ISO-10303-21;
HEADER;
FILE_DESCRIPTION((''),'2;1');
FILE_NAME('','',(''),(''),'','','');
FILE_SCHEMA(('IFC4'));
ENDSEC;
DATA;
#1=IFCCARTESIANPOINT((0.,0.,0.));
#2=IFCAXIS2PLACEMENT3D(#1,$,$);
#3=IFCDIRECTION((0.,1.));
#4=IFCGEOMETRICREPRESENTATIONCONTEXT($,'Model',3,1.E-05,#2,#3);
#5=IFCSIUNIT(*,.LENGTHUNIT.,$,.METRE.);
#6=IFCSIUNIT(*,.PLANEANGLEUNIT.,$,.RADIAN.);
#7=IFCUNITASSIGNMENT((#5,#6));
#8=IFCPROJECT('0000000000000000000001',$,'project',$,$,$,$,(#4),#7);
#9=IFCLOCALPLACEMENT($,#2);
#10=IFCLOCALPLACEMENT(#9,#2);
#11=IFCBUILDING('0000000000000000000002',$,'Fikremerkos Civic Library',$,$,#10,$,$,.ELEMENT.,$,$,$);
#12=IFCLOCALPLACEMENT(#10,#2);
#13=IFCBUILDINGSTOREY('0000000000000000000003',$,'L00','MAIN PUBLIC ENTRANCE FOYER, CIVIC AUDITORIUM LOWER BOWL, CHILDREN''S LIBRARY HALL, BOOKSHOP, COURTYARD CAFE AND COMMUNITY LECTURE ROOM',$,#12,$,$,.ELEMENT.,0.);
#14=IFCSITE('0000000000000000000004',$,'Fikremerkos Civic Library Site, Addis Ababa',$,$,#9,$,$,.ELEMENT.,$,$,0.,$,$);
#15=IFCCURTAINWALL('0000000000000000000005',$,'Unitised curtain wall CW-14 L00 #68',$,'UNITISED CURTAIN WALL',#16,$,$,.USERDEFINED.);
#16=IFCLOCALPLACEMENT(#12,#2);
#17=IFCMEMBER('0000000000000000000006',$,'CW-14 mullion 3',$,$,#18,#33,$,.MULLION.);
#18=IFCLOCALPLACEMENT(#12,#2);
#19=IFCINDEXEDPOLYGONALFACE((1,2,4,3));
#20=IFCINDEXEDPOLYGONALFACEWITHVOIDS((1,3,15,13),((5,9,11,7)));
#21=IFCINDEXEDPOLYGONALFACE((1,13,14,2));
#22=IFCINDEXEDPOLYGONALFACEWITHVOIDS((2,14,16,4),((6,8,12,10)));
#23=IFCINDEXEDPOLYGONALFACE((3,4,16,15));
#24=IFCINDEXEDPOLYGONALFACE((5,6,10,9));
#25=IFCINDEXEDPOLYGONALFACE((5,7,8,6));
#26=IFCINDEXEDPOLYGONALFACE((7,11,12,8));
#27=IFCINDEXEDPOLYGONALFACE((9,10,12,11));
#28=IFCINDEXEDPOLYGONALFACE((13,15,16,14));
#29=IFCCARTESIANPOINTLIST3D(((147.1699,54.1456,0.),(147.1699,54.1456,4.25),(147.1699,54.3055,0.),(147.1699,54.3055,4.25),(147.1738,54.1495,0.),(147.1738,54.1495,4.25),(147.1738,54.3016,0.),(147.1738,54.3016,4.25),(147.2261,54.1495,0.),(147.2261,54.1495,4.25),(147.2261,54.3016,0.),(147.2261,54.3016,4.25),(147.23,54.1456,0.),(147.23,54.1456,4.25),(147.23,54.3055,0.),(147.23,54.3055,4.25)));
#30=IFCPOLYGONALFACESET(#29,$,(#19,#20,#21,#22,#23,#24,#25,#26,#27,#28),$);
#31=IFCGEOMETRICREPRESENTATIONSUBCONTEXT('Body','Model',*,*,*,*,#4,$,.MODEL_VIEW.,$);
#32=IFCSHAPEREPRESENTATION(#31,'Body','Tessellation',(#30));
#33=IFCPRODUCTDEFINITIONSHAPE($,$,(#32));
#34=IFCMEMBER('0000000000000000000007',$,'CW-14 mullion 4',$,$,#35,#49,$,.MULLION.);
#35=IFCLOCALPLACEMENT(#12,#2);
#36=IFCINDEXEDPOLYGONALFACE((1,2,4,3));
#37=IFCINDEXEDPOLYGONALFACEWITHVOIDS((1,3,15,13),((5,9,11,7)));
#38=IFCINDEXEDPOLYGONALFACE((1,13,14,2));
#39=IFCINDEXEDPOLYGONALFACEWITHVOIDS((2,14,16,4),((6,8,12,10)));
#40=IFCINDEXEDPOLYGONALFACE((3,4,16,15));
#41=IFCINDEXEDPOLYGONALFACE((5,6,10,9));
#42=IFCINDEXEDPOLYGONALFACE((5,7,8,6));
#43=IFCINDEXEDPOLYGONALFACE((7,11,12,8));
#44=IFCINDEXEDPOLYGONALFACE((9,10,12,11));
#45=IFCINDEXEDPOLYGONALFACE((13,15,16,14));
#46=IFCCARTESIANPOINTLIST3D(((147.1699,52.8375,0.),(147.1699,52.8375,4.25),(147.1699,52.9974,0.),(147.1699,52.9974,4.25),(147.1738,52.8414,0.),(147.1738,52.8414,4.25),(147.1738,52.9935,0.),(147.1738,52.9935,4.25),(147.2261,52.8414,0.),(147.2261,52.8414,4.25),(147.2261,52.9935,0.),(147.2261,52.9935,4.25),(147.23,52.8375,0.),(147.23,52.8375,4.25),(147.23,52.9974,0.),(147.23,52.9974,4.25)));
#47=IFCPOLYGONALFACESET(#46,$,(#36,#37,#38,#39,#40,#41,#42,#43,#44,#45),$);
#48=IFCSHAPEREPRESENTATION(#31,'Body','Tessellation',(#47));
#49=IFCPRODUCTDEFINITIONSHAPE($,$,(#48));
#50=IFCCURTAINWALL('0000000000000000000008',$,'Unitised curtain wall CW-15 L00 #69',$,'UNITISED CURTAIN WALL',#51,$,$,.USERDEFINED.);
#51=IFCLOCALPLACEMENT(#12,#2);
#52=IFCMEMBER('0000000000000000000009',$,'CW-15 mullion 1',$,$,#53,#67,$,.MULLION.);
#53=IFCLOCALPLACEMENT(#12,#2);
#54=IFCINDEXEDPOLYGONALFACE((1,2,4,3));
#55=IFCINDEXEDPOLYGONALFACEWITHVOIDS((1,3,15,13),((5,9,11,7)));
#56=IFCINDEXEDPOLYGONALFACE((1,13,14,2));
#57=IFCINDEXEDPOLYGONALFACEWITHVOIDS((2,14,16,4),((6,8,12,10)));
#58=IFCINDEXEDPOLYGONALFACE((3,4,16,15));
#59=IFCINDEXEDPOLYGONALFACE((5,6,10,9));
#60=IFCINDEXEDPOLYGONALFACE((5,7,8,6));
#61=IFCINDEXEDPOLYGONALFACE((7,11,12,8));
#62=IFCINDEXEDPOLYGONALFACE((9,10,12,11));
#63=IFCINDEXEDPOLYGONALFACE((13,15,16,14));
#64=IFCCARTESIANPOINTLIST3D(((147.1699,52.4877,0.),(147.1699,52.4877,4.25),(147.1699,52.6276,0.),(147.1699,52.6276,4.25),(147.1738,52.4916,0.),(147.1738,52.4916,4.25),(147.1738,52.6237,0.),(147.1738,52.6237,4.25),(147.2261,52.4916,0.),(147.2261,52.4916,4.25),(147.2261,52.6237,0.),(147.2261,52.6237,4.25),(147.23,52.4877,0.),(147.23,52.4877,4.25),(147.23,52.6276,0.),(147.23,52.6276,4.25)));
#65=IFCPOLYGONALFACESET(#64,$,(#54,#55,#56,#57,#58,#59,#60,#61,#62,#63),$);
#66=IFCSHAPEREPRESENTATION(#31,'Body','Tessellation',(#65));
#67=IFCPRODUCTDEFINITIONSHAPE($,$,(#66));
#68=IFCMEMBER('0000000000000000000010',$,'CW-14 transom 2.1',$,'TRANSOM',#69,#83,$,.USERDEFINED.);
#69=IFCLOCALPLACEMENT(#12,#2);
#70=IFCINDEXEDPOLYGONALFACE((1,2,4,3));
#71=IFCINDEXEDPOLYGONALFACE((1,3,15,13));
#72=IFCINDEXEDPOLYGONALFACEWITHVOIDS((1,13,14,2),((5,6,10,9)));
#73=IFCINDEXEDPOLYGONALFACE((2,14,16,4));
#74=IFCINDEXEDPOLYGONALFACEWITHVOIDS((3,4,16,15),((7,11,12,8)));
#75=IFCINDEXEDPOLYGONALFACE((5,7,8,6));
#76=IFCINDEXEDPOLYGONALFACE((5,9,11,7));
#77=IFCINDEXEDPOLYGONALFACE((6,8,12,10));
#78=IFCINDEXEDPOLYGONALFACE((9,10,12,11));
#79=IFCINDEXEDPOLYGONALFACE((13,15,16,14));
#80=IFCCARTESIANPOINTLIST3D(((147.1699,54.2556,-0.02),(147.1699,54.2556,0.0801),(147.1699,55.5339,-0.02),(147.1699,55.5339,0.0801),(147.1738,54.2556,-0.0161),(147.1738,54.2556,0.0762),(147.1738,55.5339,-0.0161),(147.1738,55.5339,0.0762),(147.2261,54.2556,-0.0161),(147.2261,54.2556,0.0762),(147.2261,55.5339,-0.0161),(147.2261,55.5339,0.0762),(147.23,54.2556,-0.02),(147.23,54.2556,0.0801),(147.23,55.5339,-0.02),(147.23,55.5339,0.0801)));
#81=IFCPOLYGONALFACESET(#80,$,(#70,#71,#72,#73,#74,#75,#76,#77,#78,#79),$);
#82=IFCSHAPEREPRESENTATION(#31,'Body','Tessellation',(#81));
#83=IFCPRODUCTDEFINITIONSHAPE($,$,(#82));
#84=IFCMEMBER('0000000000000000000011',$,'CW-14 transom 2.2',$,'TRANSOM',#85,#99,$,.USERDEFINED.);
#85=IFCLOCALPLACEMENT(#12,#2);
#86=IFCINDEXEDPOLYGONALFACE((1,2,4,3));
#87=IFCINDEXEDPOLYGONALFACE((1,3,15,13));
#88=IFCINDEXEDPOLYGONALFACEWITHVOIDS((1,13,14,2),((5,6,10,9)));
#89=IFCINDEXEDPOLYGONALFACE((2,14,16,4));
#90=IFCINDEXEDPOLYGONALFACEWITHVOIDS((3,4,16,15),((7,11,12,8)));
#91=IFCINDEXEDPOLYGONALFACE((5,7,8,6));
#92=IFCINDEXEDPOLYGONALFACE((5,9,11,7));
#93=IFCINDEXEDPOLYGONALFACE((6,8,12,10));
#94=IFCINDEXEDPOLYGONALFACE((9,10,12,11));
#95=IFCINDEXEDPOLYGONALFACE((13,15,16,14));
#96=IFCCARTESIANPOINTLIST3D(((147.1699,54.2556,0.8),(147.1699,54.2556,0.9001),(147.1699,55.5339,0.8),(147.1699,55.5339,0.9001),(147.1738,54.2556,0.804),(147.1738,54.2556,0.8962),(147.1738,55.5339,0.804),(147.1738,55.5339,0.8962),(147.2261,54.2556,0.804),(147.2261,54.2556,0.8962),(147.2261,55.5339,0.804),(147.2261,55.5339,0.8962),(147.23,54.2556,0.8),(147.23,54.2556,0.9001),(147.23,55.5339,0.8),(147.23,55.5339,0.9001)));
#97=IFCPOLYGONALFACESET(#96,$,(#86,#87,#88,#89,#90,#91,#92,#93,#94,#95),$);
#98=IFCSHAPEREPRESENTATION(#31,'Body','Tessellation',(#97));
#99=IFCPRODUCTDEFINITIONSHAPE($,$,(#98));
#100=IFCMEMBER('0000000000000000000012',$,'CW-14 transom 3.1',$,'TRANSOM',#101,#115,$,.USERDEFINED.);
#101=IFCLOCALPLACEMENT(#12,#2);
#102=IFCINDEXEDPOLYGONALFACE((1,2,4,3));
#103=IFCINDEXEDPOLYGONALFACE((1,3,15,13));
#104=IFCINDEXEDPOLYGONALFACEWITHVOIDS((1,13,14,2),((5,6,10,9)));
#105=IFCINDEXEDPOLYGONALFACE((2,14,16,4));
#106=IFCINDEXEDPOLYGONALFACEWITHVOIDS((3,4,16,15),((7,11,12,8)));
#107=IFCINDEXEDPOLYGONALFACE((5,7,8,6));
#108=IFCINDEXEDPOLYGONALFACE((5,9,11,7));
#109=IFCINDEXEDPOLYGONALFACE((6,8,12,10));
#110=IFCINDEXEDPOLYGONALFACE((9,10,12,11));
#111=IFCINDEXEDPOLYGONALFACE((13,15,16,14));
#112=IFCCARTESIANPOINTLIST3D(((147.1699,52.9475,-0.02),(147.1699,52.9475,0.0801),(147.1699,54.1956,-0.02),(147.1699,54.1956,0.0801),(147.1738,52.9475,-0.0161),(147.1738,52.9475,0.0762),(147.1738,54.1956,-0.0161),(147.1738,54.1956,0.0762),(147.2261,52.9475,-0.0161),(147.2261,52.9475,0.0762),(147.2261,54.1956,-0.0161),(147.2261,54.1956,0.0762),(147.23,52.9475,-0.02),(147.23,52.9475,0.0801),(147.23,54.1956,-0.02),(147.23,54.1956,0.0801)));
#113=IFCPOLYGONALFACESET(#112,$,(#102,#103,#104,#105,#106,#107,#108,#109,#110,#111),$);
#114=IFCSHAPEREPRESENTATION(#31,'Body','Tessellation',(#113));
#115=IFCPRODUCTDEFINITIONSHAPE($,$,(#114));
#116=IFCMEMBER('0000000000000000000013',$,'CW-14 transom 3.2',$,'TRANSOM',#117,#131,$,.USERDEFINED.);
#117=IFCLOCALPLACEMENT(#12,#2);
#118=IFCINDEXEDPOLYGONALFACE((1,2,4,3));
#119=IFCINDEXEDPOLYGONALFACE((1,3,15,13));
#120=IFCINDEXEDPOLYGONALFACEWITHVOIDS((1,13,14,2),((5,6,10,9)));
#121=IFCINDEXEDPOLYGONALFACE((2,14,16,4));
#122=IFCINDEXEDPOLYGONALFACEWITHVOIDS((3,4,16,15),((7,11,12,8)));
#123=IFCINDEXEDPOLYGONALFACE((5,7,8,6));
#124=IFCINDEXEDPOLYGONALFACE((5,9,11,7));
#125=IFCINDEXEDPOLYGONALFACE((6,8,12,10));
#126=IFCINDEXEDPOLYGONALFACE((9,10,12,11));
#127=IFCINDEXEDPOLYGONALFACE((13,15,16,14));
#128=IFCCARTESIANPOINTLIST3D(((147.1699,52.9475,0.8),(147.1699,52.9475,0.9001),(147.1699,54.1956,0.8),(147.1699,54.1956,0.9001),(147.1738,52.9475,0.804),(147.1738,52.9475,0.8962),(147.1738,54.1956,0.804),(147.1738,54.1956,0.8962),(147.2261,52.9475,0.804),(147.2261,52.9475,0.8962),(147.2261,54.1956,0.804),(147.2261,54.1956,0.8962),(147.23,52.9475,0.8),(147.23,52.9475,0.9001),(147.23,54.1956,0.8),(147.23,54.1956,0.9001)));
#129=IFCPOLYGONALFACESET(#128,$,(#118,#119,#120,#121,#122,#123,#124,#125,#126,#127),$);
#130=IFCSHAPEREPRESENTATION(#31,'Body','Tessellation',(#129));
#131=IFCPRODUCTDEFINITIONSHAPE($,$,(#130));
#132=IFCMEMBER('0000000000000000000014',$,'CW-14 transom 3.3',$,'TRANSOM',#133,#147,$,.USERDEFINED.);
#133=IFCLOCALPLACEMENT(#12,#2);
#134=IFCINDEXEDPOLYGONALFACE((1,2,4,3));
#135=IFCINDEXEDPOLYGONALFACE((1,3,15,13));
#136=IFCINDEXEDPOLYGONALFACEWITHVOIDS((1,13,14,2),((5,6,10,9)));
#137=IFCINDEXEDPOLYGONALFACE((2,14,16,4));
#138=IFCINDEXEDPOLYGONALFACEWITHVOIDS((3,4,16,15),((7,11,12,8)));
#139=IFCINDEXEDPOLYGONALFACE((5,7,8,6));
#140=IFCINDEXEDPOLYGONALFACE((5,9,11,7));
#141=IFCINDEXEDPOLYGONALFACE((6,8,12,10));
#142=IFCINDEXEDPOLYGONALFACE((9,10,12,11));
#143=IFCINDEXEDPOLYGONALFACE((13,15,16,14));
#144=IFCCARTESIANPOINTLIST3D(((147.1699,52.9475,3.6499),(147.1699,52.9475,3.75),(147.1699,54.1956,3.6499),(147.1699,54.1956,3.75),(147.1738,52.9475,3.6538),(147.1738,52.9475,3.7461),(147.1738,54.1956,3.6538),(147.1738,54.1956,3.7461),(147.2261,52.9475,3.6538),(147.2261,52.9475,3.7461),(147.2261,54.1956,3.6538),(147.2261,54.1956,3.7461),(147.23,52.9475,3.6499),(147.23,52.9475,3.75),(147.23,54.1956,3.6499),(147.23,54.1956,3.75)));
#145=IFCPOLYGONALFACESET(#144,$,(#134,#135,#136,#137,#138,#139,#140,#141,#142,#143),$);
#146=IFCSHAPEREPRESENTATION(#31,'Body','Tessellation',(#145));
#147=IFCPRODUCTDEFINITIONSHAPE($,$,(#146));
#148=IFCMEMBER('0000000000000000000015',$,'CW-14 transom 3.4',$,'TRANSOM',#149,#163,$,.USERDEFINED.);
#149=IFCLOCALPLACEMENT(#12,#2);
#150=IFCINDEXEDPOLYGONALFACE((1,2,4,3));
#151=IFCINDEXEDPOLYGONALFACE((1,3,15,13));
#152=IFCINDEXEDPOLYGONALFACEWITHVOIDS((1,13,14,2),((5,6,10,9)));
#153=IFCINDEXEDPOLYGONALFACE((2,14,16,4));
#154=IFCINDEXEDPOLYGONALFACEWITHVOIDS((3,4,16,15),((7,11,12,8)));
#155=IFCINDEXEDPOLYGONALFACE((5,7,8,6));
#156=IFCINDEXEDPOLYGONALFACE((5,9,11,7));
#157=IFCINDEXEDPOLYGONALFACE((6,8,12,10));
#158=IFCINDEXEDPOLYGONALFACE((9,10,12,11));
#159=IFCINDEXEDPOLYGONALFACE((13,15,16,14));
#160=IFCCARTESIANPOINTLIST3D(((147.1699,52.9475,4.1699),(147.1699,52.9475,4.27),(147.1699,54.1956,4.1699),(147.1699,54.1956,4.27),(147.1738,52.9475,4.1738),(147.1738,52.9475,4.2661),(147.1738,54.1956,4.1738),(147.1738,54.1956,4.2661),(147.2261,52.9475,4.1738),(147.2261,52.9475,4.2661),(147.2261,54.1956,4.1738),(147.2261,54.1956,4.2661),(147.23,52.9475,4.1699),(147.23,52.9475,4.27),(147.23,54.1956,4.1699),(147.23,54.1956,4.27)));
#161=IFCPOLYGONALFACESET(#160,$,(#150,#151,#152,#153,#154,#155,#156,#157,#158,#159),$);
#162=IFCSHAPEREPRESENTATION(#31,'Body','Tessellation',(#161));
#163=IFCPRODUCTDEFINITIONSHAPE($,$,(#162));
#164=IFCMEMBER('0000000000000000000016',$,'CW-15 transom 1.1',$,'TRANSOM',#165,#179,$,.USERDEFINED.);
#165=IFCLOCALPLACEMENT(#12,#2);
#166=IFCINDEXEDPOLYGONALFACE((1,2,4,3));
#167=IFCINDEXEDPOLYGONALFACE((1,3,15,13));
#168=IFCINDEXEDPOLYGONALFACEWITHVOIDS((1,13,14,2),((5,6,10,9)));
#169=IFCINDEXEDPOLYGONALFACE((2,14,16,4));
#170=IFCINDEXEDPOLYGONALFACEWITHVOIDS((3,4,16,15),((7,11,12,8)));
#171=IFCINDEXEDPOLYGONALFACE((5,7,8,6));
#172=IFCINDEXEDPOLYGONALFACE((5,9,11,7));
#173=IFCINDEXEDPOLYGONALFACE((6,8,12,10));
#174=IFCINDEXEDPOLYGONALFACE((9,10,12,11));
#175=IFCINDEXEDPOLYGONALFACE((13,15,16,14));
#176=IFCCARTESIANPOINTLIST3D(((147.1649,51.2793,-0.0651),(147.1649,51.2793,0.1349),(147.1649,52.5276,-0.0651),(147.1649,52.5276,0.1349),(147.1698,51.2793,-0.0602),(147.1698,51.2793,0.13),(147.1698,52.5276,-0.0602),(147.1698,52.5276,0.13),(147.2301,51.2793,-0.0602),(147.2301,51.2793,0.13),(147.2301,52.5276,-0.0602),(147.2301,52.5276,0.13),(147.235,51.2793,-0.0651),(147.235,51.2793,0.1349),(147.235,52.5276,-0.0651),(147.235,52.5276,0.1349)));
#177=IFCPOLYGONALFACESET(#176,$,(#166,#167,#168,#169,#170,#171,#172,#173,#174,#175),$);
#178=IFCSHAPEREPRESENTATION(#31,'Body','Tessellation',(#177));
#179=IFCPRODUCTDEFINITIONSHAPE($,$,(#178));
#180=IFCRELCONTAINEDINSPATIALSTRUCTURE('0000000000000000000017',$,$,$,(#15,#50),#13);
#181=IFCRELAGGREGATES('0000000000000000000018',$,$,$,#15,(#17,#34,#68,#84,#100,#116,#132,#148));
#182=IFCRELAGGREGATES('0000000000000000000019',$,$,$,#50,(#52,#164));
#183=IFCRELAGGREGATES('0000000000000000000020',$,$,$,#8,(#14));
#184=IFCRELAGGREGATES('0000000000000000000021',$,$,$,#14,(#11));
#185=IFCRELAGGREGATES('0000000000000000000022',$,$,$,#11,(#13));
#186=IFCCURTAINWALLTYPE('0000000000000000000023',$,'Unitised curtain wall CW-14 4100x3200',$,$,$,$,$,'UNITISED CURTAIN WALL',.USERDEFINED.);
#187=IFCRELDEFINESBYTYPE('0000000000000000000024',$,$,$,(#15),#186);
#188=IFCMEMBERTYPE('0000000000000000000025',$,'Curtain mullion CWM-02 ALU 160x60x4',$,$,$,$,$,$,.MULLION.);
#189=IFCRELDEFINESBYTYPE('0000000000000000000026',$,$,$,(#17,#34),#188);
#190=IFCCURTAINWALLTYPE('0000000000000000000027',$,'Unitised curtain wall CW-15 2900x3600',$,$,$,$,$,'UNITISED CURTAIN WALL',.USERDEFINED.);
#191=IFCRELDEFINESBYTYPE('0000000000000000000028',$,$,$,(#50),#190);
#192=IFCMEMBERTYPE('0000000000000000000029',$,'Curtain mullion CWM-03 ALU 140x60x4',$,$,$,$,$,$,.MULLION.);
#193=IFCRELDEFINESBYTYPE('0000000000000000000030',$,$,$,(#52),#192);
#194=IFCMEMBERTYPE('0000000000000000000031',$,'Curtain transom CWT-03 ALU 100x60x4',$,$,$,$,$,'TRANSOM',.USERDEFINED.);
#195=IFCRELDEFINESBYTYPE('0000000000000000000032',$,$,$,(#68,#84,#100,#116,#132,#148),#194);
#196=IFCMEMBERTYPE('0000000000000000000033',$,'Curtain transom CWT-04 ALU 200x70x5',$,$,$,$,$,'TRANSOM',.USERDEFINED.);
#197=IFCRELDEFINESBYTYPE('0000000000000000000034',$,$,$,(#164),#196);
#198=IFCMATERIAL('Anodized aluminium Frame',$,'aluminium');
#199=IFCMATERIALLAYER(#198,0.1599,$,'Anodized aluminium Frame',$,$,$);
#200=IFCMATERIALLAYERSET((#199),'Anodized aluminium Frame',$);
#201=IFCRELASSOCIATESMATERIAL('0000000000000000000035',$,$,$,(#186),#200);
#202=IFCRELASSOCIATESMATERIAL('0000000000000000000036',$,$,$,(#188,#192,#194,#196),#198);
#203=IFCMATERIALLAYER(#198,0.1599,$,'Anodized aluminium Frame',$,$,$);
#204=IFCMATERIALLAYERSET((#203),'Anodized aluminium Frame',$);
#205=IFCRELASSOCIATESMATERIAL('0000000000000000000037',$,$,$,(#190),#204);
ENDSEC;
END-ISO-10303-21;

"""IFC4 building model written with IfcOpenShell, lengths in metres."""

from ifc_helpers import new_model, si_unit, direction, frame, origin, origin_2d, place, context, subcontext, project, spatial, hollow_rectangle, extrude, material, layer, layer_set, material_profile, profile_set, type_object, element, aggregate, save


model = new_model("IFC4")

# Units and contexts
model_context = context("Model", 3, precision=1e-05, world=origin(), true_north=direction((0.0, 1.0)))
body_context = subcontext(model_context, "Body", "Model", "MODEL_VIEW")
ifc_project = project(units=[si_unit("LENGTHUNIT", "METRE"), si_unit("PLANEANGLEUNIT", "RADIAN")], contexts=[model_context])

# Site, building, storey
site_placement = place(None, origin())
site = spatial("IfcSite", under=ifc_project, at=site_placement, Name="Fikremerkos Civic Library Site, Addis Ababa", CompositionType="ELEMENT", RefElevation=0.0)
building_placement = place(site_placement, origin())
building = spatial("IfcBuilding", under=site, at=building_placement, Name="Fikremerkos Civic Library", CompositionType="ELEMENT")
storey_placement = place(building_placement, origin())
storey = spatial("IfcBuildingStorey", under=building, at=storey_placement, Name="L00", Description="MAIN PUBLIC ENTRANCE FOYER, CIVIC AUDITORIUM LOWER BOWL, CHILDREN'S LIBRARY HALL, BOOKSHOP, COURTYARD CAFE AND COMMUNITY LECTURE ROOM", CompositionType="ELEMENT", Elevation=0.0)

# Curtain wall, members
ifc_material_1 = material(Name="Anodized aluminium Frame", Category="aluminium")
ifc_layer_1 = layer(ifc_material_1, 0.1599, Name="Anodized aluminium Frame")
ifc_layer_set_1 = layer_set([ifc_layer_1], Name="Anodized aluminium Frame")
curtain_wall_type_1 = type_object("IfcCurtainWallType", Name="Unitised curtain wall CW-14 4100x3200", ElementType="UNITISED CURTAIN WALL", PredefinedType="USERDEFINED", material=ifc_layer_set_1)
curtain_wall_1_placement = place(storey_placement, origin())
curtain_wall_1 = element("IfcCurtainWall", 1, at=curtain_wall_1_placement, inside=storey, type_object=curtain_wall_type_1, Name="Unitised curtain wall CW-14 L00 #68", ObjectType="UNITISED CURTAIN WALL", PredefinedType="USERDEFINED")
ifc_material_profile_1 = material_profile(ifc_material_1, hollow_rectangle(XDim=0.0601, YDim=0.1599, WallThickness=0.0039, at=origin_2d()), Name="ALU 160x60x4")
ifc_profile_set_1 = profile_set([ifc_material_profile_1], Name="Anodized aluminium Frame")
member_type_1 = type_object("IfcMemberType", Name="Curtain mullion CWM-02 ALU 160x60x4", PredefinedType="MULLION", material=ifc_profile_set_1)
member_1_placement = place(storey_placement, frame((147.2, 54.2256, 0.0), z_axis=(0.0, 0.0, 1.0), x_axis=(1.0, 0.0, 0.0)))
member_1 = element("IfcMember", 2, at=member_1_placement, type_object=member_type_1, Name="CW-14 mullion 3", PredefinedType="MULLION", context=body_context, shape_type="SweptSolid", body=[
    extrude(hollow_rectangle(XDim=0.0601, YDim=0.1599, WallThickness=0.0039, at=origin_2d()), origin(), (0.0, 0.0, 1.0), 4.25),
])
member_2_placement = place(storey_placement, frame((147.2, 52.9175, 0.0), z_axis=(0.0, 0.0, 1.0), x_axis=(1.0, 0.0, 0.0)))
member_2 = element("IfcMember", 3, at=member_2_placement, type_object=member_type_1, Name="CW-14 mullion 4", PredefinedType="MULLION", context=body_context, shape_type="SweptSolid", body=[
    extrude(hollow_rectangle(XDim=0.0601, YDim=0.1599, WallThickness=0.0039, at=origin_2d()), origin(), (0.0, 0.0, 1.0), 4.25),
])

# Curtain wall, member
ifc_layer_2 = layer(ifc_material_1, 0.1599, Name="Anodized aluminium Frame")
ifc_layer_set_2 = layer_set([ifc_layer_2], Name="Anodized aluminium Frame")
curtain_wall_type_2 = type_object("IfcCurtainWallType", Name="Unitised curtain wall CW-15 2900x3600", ElementType="UNITISED CURTAIN WALL", PredefinedType="USERDEFINED", material=ifc_layer_set_2)
curtain_wall_2_placement = place(storey_placement, origin())
curtain_wall_2 = element("IfcCurtainWall", 4, at=curtain_wall_2_placement, inside=storey, type_object=curtain_wall_type_2, Name="Unitised curtain wall CW-15 L00 #69", ObjectType="UNITISED CURTAIN WALL", PredefinedType="USERDEFINED")
ifc_material_profile_2 = material_profile(ifc_material_1, hollow_rectangle(XDim=0.0601, YDim=0.1399, WallThickness=0.0039, at=origin_2d()), Name="ALU 140x60x4")
ifc_profile_set_2 = profile_set([ifc_material_profile_2], Name="Anodized aluminium Frame")
member_type_2 = type_object("IfcMemberType", Name="Curtain mullion CWM-03 ALU 140x60x4", PredefinedType="MULLION", material=ifc_profile_set_2)
member_3_placement = place(storey_placement, frame((147.2, 52.5576, 0.0), z_axis=(0.0, 0.0, 1.0), x_axis=(1.0, 0.0, 0.0)))
member_3 = element("IfcMember", 5, at=member_3_placement, type_object=member_type_2, Name="CW-15 mullion 1", PredefinedType="MULLION", context=body_context, shape_type="SweptSolid", body=[
    extrude(hollow_rectangle(XDim=0.0601, YDim=0.1399, WallThickness=0.0039, at=origin_2d()), origin(), (0.0, 0.0, 1.0), 4.25),
])

# Members
ifc_material_profile_3 = material_profile(ifc_material_1, hollow_rectangle(XDim=0.0601, YDim=0.1001, WallThickness=0.0039, at=origin_2d()), Name="ALU 100x60x4")
ifc_profile_set_3 = profile_set([ifc_material_profile_3], Name="Anodized aluminium Frame")
member_type_3 = type_object("IfcMemberType", Name="Curtain transom CWT-03 ALU 100x60x4", ElementType="TRANSOM", PredefinedType="USERDEFINED", material=ifc_profile_set_3)
member_4_placement = place(storey_placement, frame((147.2, 55.5339, 0.03), z_axis=(0.0, -1.0, 0.0), x_axis=(1.0, 0.0, 0.0)))
member_4 = element("IfcMember", 6, at=member_4_placement, type_object=member_type_3, Name="CW-14 transom 2.1", ObjectType="TRANSOM", PredefinedType="USERDEFINED", context=body_context, shape_type="SweptSolid", body=[
    extrude(hollow_rectangle(XDim=0.0601, YDim=0.1001, WallThickness=0.0039, at=origin_2d()), origin(), (0.0, 0.0, 1.0), 1.2783),
])
member_5_placement = place(storey_placement, frame((147.2, 55.5339, 0.8501), z_axis=(0.0, -1.0, 0.0), x_axis=(1.0, 0.0, 0.0)))
member_5 = element("IfcMember", 7, at=member_5_placement, type_object=member_type_3, Name="CW-14 transom 2.2", ObjectType="TRANSOM", PredefinedType="USERDEFINED", context=body_context, shape_type="SweptSolid", body=[
    extrude(hollow_rectangle(XDim=0.0601, YDim=0.1001, WallThickness=0.0039, at=origin_2d()), origin(), (0.0, 0.0, 1.0), 1.2783),
])
member_6_placement = place(storey_placement, frame((147.2, 54.1956, 0.03), z_axis=(0.0, -1.0, 0.0), x_axis=(1.0, 0.0, 0.0)))
member_6 = element("IfcMember", 8, at=member_6_placement, type_object=member_type_3, Name="CW-14 transom 3.1", ObjectType="TRANSOM", PredefinedType="USERDEFINED", context=body_context, shape_type="SweptSolid", body=[
    extrude(hollow_rectangle(XDim=0.0601, YDim=0.1001, WallThickness=0.0039, at=origin_2d()), origin(), (0.0, 0.0, 1.0), 1.248),
])
member_7_placement = place(storey_placement, frame((147.2, 54.1956, 0.8501), z_axis=(0.0, -1.0, 0.0), x_axis=(1.0, 0.0, 0.0)))
member_7 = element("IfcMember", 9, at=member_7_placement, type_object=member_type_3, Name="CW-14 transom 3.2", ObjectType="TRANSOM", PredefinedType="USERDEFINED", context=body_context, shape_type="SweptSolid", body=[
    extrude(hollow_rectangle(XDim=0.0601, YDim=0.1001, WallThickness=0.0039, at=origin_2d()), origin(), (0.0, 0.0, 1.0), 1.248),
])
member_8_placement = place(storey_placement, frame((147.2, 54.1956, 3.7), z_axis=(0.0, -1.0, 0.0), x_axis=(1.0, 0.0, 0.0)))
member_8 = element("IfcMember", 10, at=member_8_placement, type_object=member_type_3, Name="CW-14 transom 3.3", ObjectType="TRANSOM", PredefinedType="USERDEFINED", context=body_context, shape_type="SweptSolid", body=[
    extrude(hollow_rectangle(XDim=0.0601, YDim=0.1001, WallThickness=0.0039, at=origin_2d()), origin(), (0.0, 0.0, 1.0), 1.248),
])
member_9_placement = place(storey_placement, frame((147.2, 54.1956, 4.22), z_axis=(0.0, -1.0, 0.0), x_axis=(1.0, 0.0, 0.0)))
member_9 = element("IfcMember", 11, at=member_9_placement, type_object=member_type_3, Name="CW-14 transom 3.4", ObjectType="TRANSOM", PredefinedType="USERDEFINED", context=body_context, shape_type="SweptSolid", body=[
    extrude(hollow_rectangle(XDim=0.0601, YDim=0.1001, WallThickness=0.0039, at=origin_2d()), origin(), (0.0, 0.0, 1.0), 1.248),
])
ifc_material_profile_4 = material_profile(ifc_material_1, hollow_rectangle(XDim=0.0701, YDim=0.2, WallThickness=0.0049, at=origin_2d()), Name="ALU 200x70x5")
ifc_profile_set_4 = profile_set([ifc_material_profile_4], Name="Anodized aluminium Frame")
member_type_4 = type_object("IfcMemberType", Name="Curtain transom CWT-04 ALU 200x70x5", ElementType="TRANSOM", PredefinedType="USERDEFINED", material=ifc_profile_set_4)
member_10_placement = place(storey_placement, frame((147.2, 52.5276, 0.0349), z_axis=(0.0, -1.0, 0.0), x_axis=(1.0, 0.0, 0.0)))
member_10 = element("IfcMember", 12, at=member_10_placement, type_object=member_type_4, Name="CW-15 transom 1.1", ObjectType="TRANSOM", PredefinedType="USERDEFINED", context=body_context, shape_type="SweptSolid", body=[
    extrude(hollow_rectangle(XDim=0.0701, YDim=0.2, WallThickness=0.0049, at=origin_2d()), origin(), (0.0, 0.0, 1.0), 1.2483),
])

aggregate(curtain_wall_1, [member_1, member_2, member_4, member_5, member_6, member_7, member_8, member_9])
aggregate(curtain_wall_2, [member_3, member_10])

save(model, "model.ifc")
